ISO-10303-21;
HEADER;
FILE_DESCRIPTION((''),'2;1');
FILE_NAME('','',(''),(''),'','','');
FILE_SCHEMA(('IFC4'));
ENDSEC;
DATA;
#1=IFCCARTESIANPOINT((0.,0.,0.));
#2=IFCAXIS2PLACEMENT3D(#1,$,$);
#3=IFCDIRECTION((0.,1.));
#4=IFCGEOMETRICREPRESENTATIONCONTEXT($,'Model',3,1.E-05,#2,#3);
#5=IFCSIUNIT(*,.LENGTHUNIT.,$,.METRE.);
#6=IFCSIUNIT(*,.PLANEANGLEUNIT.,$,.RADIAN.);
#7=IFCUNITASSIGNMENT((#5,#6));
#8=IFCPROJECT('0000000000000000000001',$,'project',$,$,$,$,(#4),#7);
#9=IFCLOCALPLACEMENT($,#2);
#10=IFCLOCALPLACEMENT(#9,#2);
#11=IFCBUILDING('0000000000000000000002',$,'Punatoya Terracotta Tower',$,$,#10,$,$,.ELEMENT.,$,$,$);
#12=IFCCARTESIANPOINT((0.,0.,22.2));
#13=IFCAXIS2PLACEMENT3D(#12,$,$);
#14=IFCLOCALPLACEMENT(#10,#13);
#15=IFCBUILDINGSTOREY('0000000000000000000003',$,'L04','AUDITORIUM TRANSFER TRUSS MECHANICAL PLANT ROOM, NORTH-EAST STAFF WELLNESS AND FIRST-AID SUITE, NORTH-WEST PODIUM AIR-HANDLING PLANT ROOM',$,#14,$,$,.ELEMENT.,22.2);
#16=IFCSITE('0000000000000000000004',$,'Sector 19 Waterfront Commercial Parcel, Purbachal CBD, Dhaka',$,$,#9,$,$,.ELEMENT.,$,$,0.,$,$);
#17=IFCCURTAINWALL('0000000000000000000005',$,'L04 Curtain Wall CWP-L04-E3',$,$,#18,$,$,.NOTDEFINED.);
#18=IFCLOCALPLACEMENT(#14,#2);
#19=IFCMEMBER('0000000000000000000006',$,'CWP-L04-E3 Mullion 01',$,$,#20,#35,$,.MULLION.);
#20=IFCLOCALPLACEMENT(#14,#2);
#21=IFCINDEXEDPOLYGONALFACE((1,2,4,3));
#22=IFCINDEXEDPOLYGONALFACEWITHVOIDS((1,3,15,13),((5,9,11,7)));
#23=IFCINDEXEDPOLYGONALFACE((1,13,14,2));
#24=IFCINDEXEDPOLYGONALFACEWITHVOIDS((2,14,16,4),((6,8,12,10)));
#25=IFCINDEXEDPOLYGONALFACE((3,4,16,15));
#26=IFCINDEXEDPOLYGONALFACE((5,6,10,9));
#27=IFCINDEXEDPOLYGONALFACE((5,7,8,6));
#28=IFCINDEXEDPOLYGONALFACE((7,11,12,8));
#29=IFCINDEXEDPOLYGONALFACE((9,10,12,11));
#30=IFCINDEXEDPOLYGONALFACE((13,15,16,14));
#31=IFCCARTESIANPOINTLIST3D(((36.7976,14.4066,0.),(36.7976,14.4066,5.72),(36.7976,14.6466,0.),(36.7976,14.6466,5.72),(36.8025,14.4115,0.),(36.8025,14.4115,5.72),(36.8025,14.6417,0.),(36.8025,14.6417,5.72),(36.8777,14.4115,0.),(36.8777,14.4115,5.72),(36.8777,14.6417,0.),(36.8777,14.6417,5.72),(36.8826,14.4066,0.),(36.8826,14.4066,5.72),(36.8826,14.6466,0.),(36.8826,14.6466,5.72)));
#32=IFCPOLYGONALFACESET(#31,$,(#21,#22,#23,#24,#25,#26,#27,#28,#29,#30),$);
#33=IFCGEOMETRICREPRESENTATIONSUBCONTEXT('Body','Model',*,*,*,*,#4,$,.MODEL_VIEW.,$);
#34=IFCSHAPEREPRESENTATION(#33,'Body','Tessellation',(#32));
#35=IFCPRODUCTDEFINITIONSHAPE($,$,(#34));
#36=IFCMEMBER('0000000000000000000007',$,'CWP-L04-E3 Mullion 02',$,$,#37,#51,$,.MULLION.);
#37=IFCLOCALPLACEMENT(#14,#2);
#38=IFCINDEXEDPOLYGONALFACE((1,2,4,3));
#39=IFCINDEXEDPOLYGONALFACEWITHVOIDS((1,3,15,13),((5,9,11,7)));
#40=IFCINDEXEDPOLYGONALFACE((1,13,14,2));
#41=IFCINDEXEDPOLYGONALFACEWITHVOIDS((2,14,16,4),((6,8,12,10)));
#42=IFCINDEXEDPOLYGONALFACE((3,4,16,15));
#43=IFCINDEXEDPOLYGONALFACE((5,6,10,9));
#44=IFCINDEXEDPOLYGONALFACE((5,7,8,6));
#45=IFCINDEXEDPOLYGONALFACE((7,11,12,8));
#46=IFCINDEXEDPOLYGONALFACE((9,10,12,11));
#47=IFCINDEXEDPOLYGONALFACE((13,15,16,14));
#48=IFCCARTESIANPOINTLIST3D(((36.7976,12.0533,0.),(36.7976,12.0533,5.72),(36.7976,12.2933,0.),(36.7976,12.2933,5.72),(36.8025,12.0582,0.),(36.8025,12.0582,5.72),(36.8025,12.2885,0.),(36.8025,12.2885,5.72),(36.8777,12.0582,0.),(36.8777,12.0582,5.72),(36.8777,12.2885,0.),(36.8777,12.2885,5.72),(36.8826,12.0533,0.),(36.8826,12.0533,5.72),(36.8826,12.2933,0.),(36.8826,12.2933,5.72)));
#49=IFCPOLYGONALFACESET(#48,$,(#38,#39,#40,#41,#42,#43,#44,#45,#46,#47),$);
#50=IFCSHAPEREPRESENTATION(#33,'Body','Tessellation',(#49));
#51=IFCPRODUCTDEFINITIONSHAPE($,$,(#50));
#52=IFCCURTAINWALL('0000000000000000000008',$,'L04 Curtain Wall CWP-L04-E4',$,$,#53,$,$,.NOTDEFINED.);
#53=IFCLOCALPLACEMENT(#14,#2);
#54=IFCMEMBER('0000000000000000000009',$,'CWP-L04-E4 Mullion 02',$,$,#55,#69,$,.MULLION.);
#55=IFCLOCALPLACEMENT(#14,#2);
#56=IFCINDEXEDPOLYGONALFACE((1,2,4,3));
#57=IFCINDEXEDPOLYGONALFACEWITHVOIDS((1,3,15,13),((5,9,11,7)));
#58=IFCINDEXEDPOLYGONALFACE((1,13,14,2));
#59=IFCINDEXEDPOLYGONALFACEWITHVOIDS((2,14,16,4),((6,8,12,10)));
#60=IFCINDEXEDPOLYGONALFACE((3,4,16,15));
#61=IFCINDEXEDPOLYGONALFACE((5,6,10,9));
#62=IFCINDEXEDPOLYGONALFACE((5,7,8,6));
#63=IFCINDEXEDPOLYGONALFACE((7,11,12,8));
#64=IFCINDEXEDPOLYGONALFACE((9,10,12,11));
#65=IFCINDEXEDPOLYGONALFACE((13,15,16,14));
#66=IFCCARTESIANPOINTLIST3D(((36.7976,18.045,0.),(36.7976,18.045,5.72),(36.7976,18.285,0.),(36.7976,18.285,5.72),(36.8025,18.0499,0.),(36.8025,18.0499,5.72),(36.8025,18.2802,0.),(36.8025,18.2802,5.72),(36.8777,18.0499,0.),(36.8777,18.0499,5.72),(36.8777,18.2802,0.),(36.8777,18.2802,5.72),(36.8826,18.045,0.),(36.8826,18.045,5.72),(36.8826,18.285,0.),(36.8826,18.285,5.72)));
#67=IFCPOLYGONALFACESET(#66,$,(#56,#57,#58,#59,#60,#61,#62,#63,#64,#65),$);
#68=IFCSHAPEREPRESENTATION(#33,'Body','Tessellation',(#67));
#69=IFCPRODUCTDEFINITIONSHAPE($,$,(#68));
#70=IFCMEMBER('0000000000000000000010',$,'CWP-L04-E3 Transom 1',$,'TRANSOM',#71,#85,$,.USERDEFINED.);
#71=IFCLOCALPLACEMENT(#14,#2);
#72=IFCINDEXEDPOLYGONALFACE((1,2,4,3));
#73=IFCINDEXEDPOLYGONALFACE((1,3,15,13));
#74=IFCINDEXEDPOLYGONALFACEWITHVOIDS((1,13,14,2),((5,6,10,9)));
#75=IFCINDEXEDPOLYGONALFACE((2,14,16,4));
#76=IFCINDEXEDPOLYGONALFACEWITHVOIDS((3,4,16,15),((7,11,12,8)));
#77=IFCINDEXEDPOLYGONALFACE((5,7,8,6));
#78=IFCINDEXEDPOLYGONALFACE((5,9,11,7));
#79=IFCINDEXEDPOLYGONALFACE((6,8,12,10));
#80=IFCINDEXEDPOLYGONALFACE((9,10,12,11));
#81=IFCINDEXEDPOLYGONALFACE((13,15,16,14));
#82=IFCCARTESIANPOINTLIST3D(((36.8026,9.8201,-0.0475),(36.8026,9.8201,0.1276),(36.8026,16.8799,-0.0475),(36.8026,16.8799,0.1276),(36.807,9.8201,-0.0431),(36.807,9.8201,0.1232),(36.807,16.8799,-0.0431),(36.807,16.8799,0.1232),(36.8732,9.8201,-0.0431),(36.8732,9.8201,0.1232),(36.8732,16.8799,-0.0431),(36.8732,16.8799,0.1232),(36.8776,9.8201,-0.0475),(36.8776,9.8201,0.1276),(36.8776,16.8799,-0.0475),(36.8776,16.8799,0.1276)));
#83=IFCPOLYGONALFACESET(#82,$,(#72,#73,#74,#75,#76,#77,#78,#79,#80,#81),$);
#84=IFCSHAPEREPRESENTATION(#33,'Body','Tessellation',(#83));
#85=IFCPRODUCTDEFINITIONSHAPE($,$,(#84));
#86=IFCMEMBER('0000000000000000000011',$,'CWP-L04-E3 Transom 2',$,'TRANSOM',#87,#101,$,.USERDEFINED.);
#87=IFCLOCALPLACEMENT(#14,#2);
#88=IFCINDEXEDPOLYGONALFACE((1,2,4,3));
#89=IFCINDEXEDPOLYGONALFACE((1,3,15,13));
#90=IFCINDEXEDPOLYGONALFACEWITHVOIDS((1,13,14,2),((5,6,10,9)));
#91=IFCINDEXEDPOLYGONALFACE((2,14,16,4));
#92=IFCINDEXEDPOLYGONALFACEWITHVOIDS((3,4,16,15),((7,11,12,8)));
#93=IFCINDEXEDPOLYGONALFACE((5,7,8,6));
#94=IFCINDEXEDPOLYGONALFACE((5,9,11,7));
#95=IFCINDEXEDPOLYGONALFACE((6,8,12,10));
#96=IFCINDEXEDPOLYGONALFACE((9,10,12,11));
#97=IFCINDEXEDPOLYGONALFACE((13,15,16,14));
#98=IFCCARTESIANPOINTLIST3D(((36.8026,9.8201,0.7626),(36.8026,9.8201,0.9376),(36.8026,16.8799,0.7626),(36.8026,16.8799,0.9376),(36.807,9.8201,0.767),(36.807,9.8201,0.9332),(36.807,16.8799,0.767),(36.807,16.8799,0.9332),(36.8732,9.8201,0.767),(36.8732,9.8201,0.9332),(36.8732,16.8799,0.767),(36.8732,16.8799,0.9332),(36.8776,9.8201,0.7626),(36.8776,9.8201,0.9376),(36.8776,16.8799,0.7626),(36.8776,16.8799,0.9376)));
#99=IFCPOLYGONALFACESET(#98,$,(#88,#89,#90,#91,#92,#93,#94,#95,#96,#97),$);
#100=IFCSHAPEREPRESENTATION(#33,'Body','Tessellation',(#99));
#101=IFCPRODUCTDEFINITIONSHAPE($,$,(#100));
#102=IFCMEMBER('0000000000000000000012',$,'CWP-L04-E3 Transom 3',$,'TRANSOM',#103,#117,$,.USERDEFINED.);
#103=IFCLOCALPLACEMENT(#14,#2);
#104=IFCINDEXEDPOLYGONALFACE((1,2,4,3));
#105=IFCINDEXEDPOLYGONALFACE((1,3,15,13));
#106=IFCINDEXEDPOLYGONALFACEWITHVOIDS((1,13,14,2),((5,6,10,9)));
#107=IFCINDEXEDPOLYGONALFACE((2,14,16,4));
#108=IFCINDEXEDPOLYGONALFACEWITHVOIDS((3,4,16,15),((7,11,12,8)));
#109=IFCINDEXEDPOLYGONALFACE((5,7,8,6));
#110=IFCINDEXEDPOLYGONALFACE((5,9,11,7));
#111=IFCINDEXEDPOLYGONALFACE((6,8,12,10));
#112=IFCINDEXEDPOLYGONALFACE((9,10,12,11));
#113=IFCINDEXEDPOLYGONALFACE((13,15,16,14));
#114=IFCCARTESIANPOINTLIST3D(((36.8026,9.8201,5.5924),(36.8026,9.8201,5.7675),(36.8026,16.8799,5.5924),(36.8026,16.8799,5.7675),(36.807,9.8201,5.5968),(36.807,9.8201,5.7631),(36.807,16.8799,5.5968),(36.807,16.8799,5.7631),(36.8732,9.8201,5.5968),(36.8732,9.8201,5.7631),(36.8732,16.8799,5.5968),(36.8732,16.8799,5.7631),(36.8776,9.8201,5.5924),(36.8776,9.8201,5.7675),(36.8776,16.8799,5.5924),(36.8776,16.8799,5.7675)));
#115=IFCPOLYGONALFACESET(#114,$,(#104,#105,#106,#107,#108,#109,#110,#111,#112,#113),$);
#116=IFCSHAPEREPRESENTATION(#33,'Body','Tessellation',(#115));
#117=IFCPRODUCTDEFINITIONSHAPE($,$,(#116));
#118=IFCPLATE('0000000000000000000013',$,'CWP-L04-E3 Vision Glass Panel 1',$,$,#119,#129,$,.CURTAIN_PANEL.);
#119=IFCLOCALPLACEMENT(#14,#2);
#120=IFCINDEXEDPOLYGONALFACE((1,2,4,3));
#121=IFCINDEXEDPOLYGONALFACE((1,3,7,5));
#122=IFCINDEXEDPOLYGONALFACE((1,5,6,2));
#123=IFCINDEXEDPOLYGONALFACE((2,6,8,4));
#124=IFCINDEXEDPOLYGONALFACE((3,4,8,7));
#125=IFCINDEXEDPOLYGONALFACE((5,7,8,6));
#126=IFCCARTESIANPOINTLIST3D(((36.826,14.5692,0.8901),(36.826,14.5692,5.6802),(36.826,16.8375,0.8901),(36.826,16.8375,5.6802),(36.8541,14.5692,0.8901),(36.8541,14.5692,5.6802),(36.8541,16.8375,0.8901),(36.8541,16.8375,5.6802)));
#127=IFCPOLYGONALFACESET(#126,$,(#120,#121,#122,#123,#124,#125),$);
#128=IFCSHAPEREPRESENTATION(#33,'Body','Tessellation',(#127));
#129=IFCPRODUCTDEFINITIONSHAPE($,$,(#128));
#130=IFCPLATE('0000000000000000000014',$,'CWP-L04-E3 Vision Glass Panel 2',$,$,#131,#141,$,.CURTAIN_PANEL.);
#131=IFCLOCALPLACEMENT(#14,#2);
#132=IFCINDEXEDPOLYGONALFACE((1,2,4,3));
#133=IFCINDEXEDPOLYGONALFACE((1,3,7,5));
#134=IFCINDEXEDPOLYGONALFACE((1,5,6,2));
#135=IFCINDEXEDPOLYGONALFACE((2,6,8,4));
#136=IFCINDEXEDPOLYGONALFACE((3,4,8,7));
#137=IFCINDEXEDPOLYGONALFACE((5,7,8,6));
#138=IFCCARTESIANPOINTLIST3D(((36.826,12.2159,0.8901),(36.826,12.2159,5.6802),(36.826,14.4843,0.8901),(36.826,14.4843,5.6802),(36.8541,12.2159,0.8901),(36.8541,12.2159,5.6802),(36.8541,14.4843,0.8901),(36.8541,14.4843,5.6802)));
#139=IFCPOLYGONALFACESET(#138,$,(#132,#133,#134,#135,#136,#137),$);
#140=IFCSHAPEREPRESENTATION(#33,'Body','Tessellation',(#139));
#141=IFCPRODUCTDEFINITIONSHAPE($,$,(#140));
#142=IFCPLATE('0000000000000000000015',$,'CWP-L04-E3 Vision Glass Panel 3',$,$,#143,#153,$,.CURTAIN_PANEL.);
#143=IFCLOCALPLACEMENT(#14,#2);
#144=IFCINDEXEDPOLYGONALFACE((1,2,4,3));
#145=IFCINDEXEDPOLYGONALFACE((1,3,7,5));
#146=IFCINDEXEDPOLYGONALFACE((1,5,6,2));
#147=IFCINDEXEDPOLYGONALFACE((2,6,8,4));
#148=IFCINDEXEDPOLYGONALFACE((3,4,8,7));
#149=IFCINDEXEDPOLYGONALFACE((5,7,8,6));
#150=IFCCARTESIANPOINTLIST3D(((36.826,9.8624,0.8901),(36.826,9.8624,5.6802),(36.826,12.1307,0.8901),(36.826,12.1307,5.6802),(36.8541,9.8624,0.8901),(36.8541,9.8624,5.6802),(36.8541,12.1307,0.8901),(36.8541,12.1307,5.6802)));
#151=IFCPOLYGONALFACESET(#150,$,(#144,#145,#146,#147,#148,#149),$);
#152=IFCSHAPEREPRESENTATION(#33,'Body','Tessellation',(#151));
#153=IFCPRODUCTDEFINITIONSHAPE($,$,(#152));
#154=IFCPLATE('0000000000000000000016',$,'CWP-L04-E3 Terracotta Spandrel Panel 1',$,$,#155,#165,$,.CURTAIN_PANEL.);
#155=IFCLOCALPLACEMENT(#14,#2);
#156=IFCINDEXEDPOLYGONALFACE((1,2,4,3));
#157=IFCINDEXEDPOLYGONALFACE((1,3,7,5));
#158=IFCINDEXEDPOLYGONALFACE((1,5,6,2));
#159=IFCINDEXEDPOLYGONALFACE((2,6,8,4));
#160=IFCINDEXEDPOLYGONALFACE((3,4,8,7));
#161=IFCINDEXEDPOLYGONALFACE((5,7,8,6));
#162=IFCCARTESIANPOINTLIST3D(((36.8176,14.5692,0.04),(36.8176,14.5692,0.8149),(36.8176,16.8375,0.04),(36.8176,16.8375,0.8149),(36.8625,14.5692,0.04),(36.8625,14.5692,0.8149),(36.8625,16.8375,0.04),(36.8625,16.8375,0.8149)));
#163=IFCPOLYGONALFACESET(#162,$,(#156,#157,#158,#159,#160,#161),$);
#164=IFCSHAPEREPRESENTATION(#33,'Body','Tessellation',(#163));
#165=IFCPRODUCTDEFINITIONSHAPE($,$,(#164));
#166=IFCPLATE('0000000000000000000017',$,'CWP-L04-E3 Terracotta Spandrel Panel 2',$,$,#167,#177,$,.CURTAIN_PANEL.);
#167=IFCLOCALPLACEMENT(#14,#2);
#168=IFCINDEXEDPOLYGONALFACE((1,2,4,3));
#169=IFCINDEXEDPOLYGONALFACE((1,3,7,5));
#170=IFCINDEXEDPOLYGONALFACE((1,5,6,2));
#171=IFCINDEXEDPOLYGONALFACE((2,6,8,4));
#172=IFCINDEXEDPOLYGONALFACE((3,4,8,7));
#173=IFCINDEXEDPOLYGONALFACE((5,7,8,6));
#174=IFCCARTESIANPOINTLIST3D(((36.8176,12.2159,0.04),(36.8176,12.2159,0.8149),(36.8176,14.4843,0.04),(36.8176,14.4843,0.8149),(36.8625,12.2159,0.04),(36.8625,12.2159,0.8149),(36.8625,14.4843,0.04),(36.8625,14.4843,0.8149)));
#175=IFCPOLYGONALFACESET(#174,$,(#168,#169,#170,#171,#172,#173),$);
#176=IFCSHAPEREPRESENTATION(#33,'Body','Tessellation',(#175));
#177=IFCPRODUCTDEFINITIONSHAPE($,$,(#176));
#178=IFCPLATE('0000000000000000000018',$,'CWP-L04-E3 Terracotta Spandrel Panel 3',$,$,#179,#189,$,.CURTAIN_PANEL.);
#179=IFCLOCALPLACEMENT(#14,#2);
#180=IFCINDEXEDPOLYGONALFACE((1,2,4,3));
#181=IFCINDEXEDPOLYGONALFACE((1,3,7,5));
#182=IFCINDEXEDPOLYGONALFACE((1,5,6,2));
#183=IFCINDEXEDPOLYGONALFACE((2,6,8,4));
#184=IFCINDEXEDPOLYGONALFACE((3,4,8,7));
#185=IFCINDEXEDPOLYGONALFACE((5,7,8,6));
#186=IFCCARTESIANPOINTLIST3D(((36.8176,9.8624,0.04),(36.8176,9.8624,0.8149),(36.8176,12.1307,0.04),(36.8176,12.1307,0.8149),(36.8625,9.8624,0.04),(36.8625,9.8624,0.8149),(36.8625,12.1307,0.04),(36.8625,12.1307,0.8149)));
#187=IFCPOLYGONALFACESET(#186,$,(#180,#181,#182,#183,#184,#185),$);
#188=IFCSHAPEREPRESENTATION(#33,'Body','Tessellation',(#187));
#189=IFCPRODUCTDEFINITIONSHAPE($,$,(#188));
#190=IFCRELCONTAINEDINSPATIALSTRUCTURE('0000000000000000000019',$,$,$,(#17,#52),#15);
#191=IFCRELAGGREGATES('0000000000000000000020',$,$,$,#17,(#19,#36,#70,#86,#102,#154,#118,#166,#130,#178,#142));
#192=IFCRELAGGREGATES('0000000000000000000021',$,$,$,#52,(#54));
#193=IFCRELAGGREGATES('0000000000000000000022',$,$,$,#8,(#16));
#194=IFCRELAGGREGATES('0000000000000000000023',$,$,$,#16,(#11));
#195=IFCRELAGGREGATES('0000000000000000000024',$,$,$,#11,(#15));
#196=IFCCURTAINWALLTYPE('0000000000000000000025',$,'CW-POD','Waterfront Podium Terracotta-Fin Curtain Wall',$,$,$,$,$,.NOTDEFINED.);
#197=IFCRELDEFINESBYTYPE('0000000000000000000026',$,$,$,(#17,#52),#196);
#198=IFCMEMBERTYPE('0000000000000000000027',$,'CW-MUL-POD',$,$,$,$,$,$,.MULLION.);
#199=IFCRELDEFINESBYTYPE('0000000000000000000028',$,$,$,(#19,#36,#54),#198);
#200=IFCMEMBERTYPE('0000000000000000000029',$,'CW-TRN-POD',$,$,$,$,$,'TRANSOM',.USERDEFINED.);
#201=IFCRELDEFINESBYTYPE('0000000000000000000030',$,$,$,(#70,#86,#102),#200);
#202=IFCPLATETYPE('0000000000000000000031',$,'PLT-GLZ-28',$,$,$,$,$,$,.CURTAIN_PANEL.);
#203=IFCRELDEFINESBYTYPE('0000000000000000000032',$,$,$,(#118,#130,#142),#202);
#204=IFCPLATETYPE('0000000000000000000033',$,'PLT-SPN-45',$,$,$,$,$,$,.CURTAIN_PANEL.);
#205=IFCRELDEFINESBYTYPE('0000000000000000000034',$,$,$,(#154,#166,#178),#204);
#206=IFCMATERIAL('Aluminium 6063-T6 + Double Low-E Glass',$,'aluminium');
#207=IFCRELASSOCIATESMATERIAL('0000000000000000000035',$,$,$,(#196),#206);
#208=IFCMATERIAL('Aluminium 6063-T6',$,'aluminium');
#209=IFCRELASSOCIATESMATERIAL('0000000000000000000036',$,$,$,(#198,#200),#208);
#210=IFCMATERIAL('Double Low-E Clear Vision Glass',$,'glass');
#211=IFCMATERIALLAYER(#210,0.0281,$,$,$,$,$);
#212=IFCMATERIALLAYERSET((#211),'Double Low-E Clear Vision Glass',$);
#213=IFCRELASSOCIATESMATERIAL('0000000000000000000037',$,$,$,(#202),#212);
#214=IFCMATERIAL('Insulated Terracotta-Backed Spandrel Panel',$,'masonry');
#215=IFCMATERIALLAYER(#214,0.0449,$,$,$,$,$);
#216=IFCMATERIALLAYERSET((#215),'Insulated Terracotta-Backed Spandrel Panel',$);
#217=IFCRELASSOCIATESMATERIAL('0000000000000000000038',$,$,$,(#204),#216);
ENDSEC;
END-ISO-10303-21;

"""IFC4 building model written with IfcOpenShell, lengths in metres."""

from ifc_helpers import new_model, si_unit, direction, frame, origin, origin_2d, place, context, subcontext, project, spatial, rectangle, hollow_rectangle, extrude, material, layer, layer_set, material_profile, profile_set, type_object, element, aggregate, save


model = new_model("IFC4")

# Units and contexts
model_context = context("Model", 3, precision=1e-05, world=origin(), true_north=direction((0.0, 1.0)))
body_context = subcontext(model_context, "Body", "Model", "MODEL_VIEW")
ifc_project = project(units=[si_unit("LENGTHUNIT", "METRE"), si_unit("PLANEANGLEUNIT", "RADIAN")], contexts=[model_context])

# Site, building, storey
site_placement = place(None, origin())
site = spatial("IfcSite", under=ifc_project, at=site_placement, Name="Sector 19 Waterfront Commercial Parcel, Purbachal CBD, Dhaka", CompositionType="ELEMENT", RefElevation=0.0)
building_placement = place(site_placement, origin())
building = spatial("IfcBuilding", under=site, at=building_placement, Name="Punatoya Terracotta Tower", CompositionType="ELEMENT")
storey_placement = place(building_placement, frame((0.0, 0.0, 22.2)))
storey = spatial("IfcBuildingStorey", under=building, at=storey_placement, Name="L04", Description="AUDITORIUM TRANSFER TRUSS MECHANICAL PLANT ROOM, NORTH-EAST STAFF WELLNESS AND FIRST-AID SUITE, NORTH-WEST PODIUM AIR-HANDLING PLANT ROOM", CompositionType="ELEMENT", Elevation=22.2)

# Curtain wall, members
ifc_material_1 = material(Name="Aluminium 6063-T6 + Double Low-E Glass", Category="aluminium")
curtain_wall_type = type_object("IfcCurtainWallType", Name="CW-POD", Description="Waterfront Podium Terracotta-Fin Curtain Wall", PredefinedType="NOTDEFINED", material=ifc_material_1)
curtain_wall_1_placement = place(storey_placement, origin())
curtain_wall_1 = element("IfcCurtainWall", 1, at=curtain_wall_1_placement, inside=storey, type_object=curtain_wall_type, Name="L04 Curtain Wall CWP-L04-E3", PredefinedType="NOTDEFINED")
ifc_material_2 = material(Name="Aluminium 6063-T6", Category="aluminium")
ifc_material_profile_1 = material_profile(ifc_material_2, hollow_rectangle(XDim=0.085, YDim=0.24, WallThickness=0.0049, at=origin_2d()))
ifc_profile_set_1 = profile_set([ifc_material_profile_1], Name="Aluminium 6063-T6")
member_type_1 = type_object("IfcMemberType", Name="CW-MUL-POD", PredefinedType="MULLION", material=ifc_profile_set_1)
member_1_placement = place(storey_placement, frame((36.8401, 14.5266, 0.0), z_axis=(0.0, 0.0, 1.0), x_axis=(1.0, 0.0, 0.0)))
member_1 = element("IfcMember", 2, at=member_1_placement, type_object=member_type_1, Name="CWP-L04-E3 Mullion 01", PredefinedType="MULLION", context=body_context, shape_type="SweptSolid", body=[
    extrude(hollow_rectangle(XDim=0.085, YDim=0.24, WallThickness=0.0049, at=origin_2d()), origin(), (0.0, 0.0, 1.0), 5.72),
])
member_2_placement = place(storey_placement, frame((36.8401, 12.1733, 0.0), z_axis=(0.0, 0.0, 1.0), x_axis=(1.0, 0.0, 0.0)))
member_2 = element("IfcMember", 3, at=member_2_placement, type_object=member_type_1, Name="CWP-L04-E3 Mullion 02", PredefinedType="MULLION", context=body_context, shape_type="SweptSolid", body=[
    extrude(hollow_rectangle(XDim=0.085, YDim=0.24, WallThickness=0.0049, at=origin_2d()), origin(), (0.0, 0.0, 1.0), 5.72),
])

# Curtain wall, member
curtain_wall_2_placement = place(storey_placement, origin())
curtain_wall_2 = element("IfcCurtainWall", 4, at=curtain_wall_2_placement, inside=storey, type_object=curtain_wall_type, Name="L04 Curtain Wall CWP-L04-E4", PredefinedType="NOTDEFINED")
member_3_placement = place(storey_placement, frame((36.8401, 18.165, 0.0), z_axis=(0.0, 0.0, 1.0), x_axis=(1.0, 0.0, 0.0)))
member_3 = element("IfcMember", 5, at=member_3_placement, type_object=member_type_1, Name="CWP-L04-E4 Mullion 02", PredefinedType="MULLION", context=body_context, shape_type="SweptSolid", body=[
    extrude(hollow_rectangle(XDim=0.085, YDim=0.24, WallThickness=0.0049, at=origin_2d()), origin(), (0.0, 0.0, 1.0), 5.72),
])

# Members
ifc_material_profile_2 = material_profile(ifc_material_2, hollow_rectangle(XDim=0.075, YDim=0.175, WallThickness=0.0044, at=origin_2d()))
ifc_profile_set_2 = profile_set([ifc_material_profile_2], Name="Aluminium 6063-T6")
member_type_2 = type_object("IfcMemberType", Name="CW-TRN-POD", ElementType="TRANSOM", PredefinedType="USERDEFINED", material=ifc_profile_set_2)
member_4_placement = place(storey_placement, frame((36.8401, 16.8799, 0.04), z_axis=(0.0, -1.0, 0.0), x_axis=(1.0, 0.0, 0.0)))
member_4 = element("IfcMember", 6, at=member_4_placement, type_object=member_type_2, Name="CWP-L04-E3 Transom 1", ObjectType="TRANSOM", PredefinedType="USERDEFINED", context=body_context, shape_type="SweptSolid", body=[
    extrude(hollow_rectangle(XDim=0.075, YDim=0.175, WallThickness=0.0044, at=origin_2d()), origin(), (0.0, 0.0, 1.0), 7.0598),
])
member_5_placement = place(storey_placement, frame((36.8401, 16.8799, 0.8501), z_axis=(0.0, -1.0, 0.0), x_axis=(1.0, 0.0, 0.0)))
member_5 = element("IfcMember", 7, at=member_5_placement, type_object=member_type_2, Name="CWP-L04-E3 Transom 2", ObjectType="TRANSOM", PredefinedType="USERDEFINED", context=body_context, shape_type="SweptSolid", body=[
    extrude(hollow_rectangle(XDim=0.075, YDim=0.175, WallThickness=0.0044, at=origin_2d()), origin(), (0.0, 0.0, 1.0), 7.0598),
])
member_6_placement = place(storey_placement, frame((36.8401, 16.8799, 5.6799), z_axis=(0.0, -1.0, 0.0), x_axis=(1.0, 0.0, 0.0)))
member_6 = element("IfcMember", 8, at=member_6_placement, type_object=member_type_2, Name="CWP-L04-E3 Transom 3", ObjectType="TRANSOM", PredefinedType="USERDEFINED", context=body_context, shape_type="SweptSolid", body=[
    extrude(hollow_rectangle(XDim=0.075, YDim=0.175, WallThickness=0.0044, at=origin_2d()), origin(), (0.0, 0.0, 1.0), 7.0598),
])

# Plates
ifc_material_3 = material(Name="Double Low-E Clear Vision Glass", Category="glass")
ifc_layer_1 = layer(ifc_material_3, 0.0281)
ifc_layer_set_1 = layer_set([ifc_layer_1], Name="Double Low-E Clear Vision Glass")
plate_type_1 = type_object("IfcPlateType", Name="PLT-GLZ-28", PredefinedType="CURTAIN_PANEL", material=ifc_layer_set_1)
plate_1_placement = place(storey_placement, frame((36.8401, 15.7034, 0.8901), z_axis=(0.0, 0.0, 1.0), x_axis=(0.0, -1.0, 0.0)))
plate_1 = element("IfcPlate", 9, at=plate_1_placement, type_object=plate_type_1, Name="CWP-L04-E3 Vision Glass Panel 1", PredefinedType="CURTAIN_PANEL", context=body_context, shape_type="SweptSolid", body=[
    extrude(rectangle(XDim=2.2683, YDim=0.0281, at=origin_2d()), origin(), (0.0, 0.0, 1.0), 4.79),
])
plate_2_placement = place(storey_placement, frame((36.8401, 13.3501, 0.8901), z_axis=(0.0, 0.0, 1.0), x_axis=(0.0, -1.0, 0.0)))
plate_2 = element("IfcPlate", 10, at=plate_2_placement, type_object=plate_type_1, Name="CWP-L04-E3 Vision Glass Panel 2", PredefinedType="CURTAIN_PANEL", context=body_context, shape_type="SweptSolid", body=[
    extrude(rectangle(XDim=2.2683, YDim=0.0281, at=origin_2d()), origin(), (0.0, 0.0, 1.0), 4.79),
])
plate_3_placement = place(storey_placement, frame((36.8401, 10.9966, 0.8901), z_axis=(0.0, 0.0, 1.0), x_axis=(0.0, -1.0, 0.0)))
plate_3 = element("IfcPlate", 11, at=plate_3_placement, type_object=plate_type_1, Name="CWP-L04-E3 Vision Glass Panel 3", PredefinedType="CURTAIN_PANEL", context=body_context, shape_type="SweptSolid", body=[
    extrude(rectangle(XDim=2.2683, YDim=0.0281, at=origin_2d()), origin(), (0.0, 0.0, 1.0), 4.79),
])
ifc_material_4 = material(Name="Insulated Terracotta-Backed Spandrel Panel", Category="masonry")
ifc_layer_2 = layer(ifc_material_4, 0.0449)
ifc_layer_set_2 = layer_set([ifc_layer_2], Name="Insulated Terracotta-Backed Spandrel Panel")
plate_type_2 = type_object("IfcPlateType", Name="PLT-SPN-45", PredefinedType="CURTAIN_PANEL", material=ifc_layer_set_2)
plate_4_placement = place(storey_placement, frame((36.8401, 15.7034, 0.04), z_axis=(0.0, 0.0, 1.0), x_axis=(0.0, -1.0, 0.0)))
plate_4 = element("IfcPlate", 12, at=plate_4_placement, type_object=plate_type_2, Name="CWP-L04-E3 Terracotta Spandrel Panel 1", PredefinedType="CURTAIN_PANEL", context=body_context, shape_type="SweptSolid", body=[
    extrude(rectangle(XDim=2.2683, YDim=0.0449, at=origin_2d()), origin(), (0.0, 0.0, 1.0), 0.7749),
])
plate_5_placement = place(storey_placement, frame((36.8401, 13.3501, 0.04), z_axis=(0.0, 0.0, 1.0), x_axis=(0.0, -1.0, 0.0)))
plate_5 = element("IfcPlate", 13, at=plate_5_placement, type_object=plate_type_2, Name="CWP-L04-E3 Terracotta Spandrel Panel 2", PredefinedType="CURTAIN_PANEL", context=body_context, shape_type="SweptSolid", body=[
    extrude(rectangle(XDim=2.2683, YDim=0.0449, at=origin_2d()), origin(), (0.0, 0.0, 1.0), 0.7749),
])
plate_6_placement = place(storey_placement, frame((36.8401, 10.9966, 0.04), z_axis=(0.0, 0.0, 1.0), x_axis=(0.0, -1.0, 0.0)))
plate_6 = element("IfcPlate", 14, at=plate_6_placement, type_object=plate_type_2, Name="CWP-L04-E3 Terracotta Spandrel Panel 3", PredefinedType="CURTAIN_PANEL", context=body_context, shape_type="SweptSolid", body=[
    extrude(rectangle(XDim=2.2683, YDim=0.0449, at=origin_2d()), origin(), (0.0, 0.0, 1.0), 0.7749),
])
aggregate(curtain_wall_1, [member_1, member_2, member_4, member_5, member_6, plate_4, plate_1, plate_5, plate_2, plate_6, plate_3])
aggregate(curtain_wall_2, [member_3])

save(model, "model.ifc")
